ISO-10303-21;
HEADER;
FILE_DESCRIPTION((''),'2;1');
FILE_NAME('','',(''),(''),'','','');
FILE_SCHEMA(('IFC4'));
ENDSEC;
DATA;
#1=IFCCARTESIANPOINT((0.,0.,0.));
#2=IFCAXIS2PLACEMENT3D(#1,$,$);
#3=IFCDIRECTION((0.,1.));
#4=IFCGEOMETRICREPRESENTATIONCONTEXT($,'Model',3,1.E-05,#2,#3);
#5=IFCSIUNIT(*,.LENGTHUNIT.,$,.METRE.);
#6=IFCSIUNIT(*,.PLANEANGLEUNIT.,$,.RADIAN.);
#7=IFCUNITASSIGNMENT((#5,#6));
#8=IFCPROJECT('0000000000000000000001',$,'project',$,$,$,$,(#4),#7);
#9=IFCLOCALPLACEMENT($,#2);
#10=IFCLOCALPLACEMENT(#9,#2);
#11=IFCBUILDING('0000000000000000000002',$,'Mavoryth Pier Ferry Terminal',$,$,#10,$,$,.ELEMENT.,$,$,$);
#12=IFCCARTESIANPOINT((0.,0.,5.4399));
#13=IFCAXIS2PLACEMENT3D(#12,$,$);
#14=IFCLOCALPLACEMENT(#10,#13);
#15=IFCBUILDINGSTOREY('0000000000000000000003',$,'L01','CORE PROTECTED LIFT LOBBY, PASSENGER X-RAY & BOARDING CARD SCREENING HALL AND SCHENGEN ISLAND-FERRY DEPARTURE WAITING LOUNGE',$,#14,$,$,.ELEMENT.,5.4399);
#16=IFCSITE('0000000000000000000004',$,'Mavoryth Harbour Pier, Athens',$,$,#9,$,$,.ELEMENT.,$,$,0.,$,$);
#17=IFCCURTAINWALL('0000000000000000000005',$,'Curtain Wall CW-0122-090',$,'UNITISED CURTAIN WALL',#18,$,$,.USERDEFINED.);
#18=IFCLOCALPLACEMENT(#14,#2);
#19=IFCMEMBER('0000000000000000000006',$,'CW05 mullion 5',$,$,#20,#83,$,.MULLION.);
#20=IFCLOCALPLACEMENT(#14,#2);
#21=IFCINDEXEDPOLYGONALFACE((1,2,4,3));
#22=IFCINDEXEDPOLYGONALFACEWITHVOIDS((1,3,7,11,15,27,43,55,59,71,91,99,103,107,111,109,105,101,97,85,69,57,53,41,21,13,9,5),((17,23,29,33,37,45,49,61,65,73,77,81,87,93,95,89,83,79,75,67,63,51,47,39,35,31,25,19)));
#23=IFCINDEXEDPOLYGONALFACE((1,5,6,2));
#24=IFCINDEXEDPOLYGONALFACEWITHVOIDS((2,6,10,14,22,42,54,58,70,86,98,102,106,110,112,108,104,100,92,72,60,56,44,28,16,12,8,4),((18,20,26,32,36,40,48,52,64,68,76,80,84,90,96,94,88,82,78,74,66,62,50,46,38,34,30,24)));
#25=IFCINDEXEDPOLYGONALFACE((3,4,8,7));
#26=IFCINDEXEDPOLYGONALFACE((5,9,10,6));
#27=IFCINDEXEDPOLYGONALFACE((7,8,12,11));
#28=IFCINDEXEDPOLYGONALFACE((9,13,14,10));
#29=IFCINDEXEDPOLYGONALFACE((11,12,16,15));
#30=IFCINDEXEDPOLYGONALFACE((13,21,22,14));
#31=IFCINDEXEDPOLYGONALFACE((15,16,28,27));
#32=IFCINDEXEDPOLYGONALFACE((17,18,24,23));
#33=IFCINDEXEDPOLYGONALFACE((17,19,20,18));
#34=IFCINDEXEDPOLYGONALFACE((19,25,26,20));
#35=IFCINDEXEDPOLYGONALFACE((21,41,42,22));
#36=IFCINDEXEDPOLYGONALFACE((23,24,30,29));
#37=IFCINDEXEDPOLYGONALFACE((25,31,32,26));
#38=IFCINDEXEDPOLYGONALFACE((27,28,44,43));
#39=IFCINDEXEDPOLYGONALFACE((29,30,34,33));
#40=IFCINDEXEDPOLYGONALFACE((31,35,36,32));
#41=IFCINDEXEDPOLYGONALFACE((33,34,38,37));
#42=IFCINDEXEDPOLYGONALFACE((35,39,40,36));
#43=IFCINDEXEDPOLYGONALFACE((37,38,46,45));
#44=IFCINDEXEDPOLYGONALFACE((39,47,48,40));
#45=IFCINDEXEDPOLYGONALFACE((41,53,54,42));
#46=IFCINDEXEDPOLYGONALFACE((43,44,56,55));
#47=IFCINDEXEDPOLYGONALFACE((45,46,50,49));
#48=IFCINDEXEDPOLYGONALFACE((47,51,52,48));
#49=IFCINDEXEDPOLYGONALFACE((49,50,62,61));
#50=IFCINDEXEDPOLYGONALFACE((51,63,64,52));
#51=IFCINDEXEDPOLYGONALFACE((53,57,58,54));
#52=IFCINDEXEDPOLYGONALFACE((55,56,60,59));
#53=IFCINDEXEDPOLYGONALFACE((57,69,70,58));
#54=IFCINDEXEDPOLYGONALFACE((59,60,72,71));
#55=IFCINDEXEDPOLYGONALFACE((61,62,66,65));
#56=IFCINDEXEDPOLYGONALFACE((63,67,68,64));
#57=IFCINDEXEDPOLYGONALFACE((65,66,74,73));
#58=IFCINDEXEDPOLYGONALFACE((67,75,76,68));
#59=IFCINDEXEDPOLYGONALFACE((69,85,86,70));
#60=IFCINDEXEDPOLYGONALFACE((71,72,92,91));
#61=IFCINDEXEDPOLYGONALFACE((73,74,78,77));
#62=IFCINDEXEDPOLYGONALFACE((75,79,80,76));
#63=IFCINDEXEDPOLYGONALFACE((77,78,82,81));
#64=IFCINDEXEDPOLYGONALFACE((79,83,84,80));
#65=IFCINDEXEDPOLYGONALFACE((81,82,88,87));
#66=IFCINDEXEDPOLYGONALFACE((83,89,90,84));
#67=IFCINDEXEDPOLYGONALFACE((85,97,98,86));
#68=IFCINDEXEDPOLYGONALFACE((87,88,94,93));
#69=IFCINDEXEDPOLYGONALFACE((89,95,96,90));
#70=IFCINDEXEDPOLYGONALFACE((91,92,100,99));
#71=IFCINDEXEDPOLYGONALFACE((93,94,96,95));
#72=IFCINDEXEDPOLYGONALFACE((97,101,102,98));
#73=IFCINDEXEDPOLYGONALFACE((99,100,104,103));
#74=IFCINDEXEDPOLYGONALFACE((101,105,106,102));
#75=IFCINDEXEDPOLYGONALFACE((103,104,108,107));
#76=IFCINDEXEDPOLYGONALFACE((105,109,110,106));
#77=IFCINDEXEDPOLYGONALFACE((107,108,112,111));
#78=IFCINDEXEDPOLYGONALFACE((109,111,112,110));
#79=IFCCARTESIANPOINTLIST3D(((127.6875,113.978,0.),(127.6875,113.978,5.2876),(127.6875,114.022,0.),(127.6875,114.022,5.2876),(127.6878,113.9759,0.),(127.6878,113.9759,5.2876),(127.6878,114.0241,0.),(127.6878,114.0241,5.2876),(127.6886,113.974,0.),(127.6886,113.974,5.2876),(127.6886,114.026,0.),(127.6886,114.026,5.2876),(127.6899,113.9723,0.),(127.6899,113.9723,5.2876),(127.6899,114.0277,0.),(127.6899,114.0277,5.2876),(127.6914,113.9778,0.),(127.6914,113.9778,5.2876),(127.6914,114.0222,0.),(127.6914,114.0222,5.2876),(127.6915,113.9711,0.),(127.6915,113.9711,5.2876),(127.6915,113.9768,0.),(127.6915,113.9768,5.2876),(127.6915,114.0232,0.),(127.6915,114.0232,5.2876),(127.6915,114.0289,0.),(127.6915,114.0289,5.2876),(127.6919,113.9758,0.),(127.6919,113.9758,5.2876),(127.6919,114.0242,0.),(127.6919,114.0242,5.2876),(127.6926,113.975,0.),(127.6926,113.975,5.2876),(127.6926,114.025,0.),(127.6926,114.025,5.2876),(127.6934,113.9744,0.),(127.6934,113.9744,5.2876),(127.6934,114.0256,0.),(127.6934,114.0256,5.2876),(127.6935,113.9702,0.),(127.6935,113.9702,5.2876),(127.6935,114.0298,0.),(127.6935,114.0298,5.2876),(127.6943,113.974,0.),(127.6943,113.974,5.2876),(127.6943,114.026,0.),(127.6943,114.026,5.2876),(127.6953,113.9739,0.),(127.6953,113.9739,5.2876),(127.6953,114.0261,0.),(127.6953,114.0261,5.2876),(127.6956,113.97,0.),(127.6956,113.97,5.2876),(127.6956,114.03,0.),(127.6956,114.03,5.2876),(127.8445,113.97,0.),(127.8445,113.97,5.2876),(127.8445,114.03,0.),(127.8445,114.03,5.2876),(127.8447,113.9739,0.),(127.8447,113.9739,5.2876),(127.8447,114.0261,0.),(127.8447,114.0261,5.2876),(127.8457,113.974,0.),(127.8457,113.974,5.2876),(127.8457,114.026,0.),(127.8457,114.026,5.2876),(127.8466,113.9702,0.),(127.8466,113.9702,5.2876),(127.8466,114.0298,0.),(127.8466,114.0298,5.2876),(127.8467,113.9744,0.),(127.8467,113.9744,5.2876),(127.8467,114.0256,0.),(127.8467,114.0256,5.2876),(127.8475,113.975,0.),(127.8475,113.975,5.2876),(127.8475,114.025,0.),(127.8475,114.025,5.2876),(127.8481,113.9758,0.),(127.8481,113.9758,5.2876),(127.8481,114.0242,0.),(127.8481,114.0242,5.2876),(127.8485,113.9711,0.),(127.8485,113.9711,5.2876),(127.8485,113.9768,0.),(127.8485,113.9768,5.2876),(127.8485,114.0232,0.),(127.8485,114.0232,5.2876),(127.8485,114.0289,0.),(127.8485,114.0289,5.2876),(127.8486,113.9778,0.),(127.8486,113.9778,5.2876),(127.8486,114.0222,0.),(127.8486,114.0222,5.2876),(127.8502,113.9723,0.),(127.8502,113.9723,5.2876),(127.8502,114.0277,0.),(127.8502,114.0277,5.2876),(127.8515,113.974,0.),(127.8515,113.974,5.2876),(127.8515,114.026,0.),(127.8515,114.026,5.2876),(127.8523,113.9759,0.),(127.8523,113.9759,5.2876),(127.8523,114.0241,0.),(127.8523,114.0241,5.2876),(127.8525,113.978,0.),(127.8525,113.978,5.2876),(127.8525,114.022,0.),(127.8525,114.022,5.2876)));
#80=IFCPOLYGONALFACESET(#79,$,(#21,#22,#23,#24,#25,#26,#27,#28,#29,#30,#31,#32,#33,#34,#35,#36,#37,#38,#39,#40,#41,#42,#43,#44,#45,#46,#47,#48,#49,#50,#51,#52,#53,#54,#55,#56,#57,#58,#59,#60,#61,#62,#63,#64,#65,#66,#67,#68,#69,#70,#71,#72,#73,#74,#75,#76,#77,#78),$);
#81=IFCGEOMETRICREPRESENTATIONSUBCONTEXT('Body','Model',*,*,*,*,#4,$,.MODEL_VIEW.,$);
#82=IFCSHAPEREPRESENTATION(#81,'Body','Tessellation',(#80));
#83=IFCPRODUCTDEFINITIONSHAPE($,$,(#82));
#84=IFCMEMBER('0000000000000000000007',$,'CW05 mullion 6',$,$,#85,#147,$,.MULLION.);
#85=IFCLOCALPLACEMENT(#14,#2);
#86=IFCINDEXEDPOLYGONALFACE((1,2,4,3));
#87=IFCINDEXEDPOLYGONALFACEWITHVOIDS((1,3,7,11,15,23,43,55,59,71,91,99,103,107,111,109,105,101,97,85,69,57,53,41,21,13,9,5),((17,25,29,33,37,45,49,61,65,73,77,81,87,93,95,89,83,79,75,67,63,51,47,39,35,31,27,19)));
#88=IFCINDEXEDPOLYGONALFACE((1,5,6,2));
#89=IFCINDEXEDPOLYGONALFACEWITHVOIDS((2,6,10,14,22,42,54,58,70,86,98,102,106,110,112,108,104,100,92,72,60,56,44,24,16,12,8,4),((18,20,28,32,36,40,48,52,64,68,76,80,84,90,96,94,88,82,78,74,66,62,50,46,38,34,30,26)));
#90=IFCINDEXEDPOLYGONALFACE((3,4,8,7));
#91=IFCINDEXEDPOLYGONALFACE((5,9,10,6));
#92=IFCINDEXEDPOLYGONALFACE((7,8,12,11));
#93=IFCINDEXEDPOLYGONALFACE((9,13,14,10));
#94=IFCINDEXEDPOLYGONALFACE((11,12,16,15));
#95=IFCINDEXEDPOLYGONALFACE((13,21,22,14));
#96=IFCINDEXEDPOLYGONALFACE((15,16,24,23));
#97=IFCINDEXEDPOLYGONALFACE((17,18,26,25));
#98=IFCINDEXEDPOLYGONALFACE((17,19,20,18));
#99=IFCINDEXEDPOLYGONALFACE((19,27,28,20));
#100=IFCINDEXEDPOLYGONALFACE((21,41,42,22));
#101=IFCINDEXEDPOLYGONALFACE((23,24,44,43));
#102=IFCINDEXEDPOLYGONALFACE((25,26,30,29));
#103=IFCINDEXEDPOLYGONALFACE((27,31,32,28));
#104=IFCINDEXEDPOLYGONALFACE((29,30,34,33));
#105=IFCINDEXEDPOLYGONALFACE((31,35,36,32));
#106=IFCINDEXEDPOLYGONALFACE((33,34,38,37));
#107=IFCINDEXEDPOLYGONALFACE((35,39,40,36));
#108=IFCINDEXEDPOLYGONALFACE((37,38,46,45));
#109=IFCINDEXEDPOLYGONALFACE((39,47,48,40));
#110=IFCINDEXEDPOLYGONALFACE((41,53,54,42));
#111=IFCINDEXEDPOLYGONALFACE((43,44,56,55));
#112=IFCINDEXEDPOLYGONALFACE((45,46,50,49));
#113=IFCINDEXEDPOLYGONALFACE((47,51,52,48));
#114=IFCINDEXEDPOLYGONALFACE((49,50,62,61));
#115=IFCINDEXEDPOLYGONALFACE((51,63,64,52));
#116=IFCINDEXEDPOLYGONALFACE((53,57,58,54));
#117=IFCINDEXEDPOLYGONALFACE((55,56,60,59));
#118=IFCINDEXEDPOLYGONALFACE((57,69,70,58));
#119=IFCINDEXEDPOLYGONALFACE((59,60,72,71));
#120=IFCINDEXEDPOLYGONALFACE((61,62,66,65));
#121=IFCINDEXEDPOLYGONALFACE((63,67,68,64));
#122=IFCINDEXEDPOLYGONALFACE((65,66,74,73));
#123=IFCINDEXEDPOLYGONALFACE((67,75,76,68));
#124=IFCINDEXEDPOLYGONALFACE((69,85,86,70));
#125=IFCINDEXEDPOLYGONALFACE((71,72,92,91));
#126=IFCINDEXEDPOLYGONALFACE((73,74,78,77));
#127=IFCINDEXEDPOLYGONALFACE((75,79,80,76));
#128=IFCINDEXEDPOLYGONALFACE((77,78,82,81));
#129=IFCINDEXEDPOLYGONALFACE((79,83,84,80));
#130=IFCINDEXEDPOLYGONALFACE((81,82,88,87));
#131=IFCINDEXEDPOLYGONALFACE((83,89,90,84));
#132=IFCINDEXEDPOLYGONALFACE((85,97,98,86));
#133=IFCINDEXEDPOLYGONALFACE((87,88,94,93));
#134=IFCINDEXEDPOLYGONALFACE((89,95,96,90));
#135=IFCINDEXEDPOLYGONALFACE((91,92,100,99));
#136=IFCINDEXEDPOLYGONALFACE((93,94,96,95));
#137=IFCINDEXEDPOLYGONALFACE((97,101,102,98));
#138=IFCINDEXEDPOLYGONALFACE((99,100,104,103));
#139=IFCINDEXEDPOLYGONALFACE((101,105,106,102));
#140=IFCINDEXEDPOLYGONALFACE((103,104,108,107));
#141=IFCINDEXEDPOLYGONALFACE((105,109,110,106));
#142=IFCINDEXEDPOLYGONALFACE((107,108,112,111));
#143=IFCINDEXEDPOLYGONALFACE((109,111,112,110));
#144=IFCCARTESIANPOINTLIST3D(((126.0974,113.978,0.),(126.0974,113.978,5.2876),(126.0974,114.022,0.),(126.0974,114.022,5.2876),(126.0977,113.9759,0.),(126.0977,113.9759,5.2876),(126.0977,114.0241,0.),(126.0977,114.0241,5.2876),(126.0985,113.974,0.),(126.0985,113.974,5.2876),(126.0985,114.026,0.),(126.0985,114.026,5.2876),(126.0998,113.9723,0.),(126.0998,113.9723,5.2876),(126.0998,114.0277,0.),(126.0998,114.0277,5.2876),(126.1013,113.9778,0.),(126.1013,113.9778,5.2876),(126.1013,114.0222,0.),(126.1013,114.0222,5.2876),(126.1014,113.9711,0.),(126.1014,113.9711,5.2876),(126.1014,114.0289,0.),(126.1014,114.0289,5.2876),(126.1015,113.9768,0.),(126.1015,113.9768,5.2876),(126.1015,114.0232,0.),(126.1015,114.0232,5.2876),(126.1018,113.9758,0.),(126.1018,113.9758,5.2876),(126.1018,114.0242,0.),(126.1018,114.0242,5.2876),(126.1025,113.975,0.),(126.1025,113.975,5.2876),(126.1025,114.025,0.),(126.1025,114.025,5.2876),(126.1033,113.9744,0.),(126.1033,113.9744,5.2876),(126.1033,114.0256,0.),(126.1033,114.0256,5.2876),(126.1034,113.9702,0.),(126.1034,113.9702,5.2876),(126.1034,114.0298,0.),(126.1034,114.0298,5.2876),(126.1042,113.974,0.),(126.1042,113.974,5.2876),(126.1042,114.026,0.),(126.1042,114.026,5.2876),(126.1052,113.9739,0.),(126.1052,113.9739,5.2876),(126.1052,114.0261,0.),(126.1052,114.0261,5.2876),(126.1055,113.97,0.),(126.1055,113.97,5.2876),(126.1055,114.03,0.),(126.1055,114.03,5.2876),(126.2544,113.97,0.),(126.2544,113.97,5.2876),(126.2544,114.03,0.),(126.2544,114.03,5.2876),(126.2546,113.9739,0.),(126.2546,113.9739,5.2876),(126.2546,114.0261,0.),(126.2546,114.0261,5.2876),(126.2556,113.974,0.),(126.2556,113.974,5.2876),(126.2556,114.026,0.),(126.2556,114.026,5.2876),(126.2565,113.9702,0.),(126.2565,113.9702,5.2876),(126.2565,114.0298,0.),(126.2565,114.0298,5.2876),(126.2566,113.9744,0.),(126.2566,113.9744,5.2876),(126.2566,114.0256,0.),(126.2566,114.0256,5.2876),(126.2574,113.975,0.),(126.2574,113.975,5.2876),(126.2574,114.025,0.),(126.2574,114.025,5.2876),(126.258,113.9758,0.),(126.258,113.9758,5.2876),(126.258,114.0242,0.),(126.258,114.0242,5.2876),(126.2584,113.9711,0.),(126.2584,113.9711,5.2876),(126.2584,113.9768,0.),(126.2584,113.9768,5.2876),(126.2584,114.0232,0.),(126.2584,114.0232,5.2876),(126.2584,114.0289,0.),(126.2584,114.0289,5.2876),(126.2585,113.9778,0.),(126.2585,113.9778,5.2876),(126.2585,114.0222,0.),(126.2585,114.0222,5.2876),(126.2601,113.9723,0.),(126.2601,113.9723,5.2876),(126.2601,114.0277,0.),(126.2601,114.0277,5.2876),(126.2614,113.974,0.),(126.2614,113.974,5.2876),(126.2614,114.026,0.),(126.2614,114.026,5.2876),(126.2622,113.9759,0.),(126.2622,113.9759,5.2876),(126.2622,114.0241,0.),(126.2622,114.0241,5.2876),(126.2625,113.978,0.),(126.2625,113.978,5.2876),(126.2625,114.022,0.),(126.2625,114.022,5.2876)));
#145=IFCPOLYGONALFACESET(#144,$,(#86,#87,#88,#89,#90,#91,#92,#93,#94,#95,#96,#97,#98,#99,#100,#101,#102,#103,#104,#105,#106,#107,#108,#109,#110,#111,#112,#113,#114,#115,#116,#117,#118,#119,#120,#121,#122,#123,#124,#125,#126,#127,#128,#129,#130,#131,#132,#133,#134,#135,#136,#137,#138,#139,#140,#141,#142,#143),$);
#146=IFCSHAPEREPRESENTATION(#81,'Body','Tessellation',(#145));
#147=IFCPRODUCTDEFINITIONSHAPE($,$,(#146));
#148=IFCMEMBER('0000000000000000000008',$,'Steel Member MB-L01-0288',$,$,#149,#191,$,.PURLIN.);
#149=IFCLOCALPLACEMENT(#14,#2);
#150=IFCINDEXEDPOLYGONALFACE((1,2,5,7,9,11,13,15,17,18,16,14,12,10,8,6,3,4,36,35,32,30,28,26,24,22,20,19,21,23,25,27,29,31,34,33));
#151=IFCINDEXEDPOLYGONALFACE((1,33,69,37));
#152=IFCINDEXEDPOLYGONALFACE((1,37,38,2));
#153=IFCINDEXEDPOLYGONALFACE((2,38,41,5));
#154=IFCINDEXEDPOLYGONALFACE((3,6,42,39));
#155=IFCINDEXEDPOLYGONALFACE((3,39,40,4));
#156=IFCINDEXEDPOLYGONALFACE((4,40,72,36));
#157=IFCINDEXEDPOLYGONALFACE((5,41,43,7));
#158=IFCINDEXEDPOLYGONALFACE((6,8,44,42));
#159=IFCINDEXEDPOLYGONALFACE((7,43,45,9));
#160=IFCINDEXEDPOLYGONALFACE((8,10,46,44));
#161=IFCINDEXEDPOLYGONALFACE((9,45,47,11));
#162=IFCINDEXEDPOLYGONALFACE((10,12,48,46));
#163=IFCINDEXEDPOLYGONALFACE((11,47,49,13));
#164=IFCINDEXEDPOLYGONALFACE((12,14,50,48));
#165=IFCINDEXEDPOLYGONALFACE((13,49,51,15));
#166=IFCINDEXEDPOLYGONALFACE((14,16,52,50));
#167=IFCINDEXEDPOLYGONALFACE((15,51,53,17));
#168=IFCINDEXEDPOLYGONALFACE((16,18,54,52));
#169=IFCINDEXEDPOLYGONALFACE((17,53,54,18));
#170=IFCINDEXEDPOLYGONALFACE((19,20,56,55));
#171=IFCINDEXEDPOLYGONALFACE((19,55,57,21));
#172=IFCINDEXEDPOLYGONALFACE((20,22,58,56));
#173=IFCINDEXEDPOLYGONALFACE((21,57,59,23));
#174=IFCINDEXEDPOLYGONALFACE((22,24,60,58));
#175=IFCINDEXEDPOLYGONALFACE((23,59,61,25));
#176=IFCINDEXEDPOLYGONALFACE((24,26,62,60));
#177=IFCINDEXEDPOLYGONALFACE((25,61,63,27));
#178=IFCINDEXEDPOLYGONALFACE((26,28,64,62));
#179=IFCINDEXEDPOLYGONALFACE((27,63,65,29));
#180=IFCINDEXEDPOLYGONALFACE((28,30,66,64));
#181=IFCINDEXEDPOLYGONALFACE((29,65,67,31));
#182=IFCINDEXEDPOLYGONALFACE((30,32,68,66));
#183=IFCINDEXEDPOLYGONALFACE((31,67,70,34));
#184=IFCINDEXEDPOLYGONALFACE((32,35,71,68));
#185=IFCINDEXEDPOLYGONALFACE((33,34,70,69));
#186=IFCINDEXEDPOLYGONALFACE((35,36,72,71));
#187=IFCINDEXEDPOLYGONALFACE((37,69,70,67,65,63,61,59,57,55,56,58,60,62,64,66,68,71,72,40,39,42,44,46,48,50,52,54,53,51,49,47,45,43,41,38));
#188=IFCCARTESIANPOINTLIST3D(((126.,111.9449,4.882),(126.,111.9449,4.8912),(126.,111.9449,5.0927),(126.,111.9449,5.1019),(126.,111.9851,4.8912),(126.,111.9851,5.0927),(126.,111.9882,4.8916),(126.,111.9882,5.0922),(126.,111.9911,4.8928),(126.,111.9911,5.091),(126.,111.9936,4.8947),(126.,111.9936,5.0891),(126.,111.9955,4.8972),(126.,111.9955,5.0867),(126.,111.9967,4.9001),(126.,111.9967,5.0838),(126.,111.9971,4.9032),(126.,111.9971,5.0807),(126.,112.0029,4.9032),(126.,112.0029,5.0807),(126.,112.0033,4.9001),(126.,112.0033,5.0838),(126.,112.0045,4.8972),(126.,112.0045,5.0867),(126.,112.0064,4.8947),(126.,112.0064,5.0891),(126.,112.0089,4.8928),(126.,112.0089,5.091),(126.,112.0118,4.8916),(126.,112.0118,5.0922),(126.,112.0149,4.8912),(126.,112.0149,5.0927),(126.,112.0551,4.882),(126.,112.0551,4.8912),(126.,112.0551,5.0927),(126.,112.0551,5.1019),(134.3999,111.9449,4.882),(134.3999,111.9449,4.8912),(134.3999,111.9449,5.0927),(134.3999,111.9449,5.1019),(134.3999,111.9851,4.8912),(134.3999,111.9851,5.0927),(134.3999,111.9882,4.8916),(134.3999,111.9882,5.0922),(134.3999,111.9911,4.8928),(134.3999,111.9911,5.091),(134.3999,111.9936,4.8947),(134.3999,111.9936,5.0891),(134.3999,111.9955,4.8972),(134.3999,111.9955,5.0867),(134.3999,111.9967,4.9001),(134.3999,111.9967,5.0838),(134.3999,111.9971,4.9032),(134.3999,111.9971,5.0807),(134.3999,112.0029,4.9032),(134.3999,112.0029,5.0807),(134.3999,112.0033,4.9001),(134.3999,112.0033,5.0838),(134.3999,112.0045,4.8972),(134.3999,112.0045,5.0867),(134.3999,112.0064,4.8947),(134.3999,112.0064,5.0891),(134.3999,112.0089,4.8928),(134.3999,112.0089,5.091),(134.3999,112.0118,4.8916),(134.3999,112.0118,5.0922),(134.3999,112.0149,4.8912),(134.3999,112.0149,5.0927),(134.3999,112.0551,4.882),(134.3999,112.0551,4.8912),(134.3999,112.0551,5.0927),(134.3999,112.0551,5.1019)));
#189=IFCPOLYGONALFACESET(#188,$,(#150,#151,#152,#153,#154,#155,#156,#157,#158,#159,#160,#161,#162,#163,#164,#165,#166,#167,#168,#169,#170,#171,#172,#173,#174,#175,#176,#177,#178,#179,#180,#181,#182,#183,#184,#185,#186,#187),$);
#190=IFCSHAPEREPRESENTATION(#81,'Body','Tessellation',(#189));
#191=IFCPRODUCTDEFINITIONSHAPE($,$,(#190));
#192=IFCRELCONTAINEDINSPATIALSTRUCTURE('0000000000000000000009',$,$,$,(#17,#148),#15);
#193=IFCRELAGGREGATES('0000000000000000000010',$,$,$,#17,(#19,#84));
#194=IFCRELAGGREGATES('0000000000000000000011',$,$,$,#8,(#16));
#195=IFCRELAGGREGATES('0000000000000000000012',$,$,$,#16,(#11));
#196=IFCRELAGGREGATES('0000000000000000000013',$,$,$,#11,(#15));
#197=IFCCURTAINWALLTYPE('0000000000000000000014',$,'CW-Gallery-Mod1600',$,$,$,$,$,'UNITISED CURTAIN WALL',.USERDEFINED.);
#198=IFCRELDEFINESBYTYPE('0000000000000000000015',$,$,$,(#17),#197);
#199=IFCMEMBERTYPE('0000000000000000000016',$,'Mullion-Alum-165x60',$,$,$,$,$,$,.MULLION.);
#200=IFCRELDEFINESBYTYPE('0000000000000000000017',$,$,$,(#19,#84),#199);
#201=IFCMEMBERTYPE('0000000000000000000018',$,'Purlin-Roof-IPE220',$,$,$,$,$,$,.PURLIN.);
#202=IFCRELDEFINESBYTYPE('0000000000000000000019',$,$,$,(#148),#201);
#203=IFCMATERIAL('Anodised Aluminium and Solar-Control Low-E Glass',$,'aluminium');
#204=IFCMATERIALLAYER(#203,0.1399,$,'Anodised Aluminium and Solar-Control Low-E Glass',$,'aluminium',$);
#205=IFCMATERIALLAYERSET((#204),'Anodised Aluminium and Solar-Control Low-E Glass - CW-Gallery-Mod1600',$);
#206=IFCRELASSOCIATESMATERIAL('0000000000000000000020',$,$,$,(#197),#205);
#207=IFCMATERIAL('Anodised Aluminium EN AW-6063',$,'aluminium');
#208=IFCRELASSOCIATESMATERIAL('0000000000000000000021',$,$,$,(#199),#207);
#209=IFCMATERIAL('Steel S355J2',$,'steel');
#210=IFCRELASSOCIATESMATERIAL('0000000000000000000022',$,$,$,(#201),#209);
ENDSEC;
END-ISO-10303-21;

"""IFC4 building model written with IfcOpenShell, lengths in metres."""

from ifc_helpers import new_model, si_unit, direction, frame, origin, origin_2d, place, context, subcontext, project, spatial, hollow_rectangle, i_section, extrude, material, layer, layer_set, material_profile, profile_set, type_object, element, aggregate, save


model = new_model("IFC4")

# Units and contexts
model_context = context("Model", 3, precision=1e-05, world=origin(), true_north=direction((0.0, 1.0)))
body_context = subcontext(model_context, "Body", "Model", "MODEL_VIEW")
ifc_project = project(units=[si_unit("LENGTHUNIT", "METRE"), si_unit("PLANEANGLEUNIT", "RADIAN")], contexts=[model_context])

# Site, building, storey
site_placement = place(None, origin())
site = spatial("IfcSite", under=ifc_project, at=site_placement, Name="Mavoryth Harbour Pier, Athens", CompositionType="ELEMENT", RefElevation=0.0)
building_placement = place(site_placement, origin())
building = spatial("IfcBuilding", under=site, at=building_placement, Name="Mavoryth Pier Ferry Terminal", CompositionType="ELEMENT")
storey_placement = place(building_placement, frame((0.0, 0.0, 5.4399)))
storey = spatial("IfcBuildingStorey", under=building, at=storey_placement, Name="L01", Description="CORE PROTECTED LIFT LOBBY, PASSENGER X-RAY & BOARDING CARD SCREENING HALL AND SCHENGEN ISLAND-FERRY DEPARTURE WAITING LOUNGE", CompositionType="ELEMENT", Elevation=5.4399)

# Shared definitions
ifc_material_1 = material(Name="Steel S355J2", Category="steel")

# Shared definitions
ifc_material_2 = material(Name="Anodised Aluminium and Solar-Control Low-E Glass", Category="aluminium")
ifc_layer_1 = layer(ifc_material_2, 0.1399, Name="Anodised Aluminium and Solar-Control Low-E Glass", Category="aluminium")
ifc_layer_set_1 = layer_set([ifc_layer_1], Name="Anodised Aluminium and Solar-Control Low-E Glass - CW-Gallery-Mod1600")
curtain_wall_type = type_object("IfcCurtainWallType", Name="CW-Gallery-Mod1600", ElementType="UNITISED CURTAIN WALL", PredefinedType="USERDEFINED", material=ifc_layer_set_1)
ifc_material_3 = material(Name="Anodised Aluminium EN AW-6063", Category="aluminium")
ifc_material_profile_1 = material_profile(ifc_material_3, hollow_rectangle(XDim=0.0601, YDim=0.165, WallThickness=0.0039, InnerFilletRadius=0.0039, OuterFilletRadius=0.0081, at=origin_2d()), Name="AL-MULL 165x60x4", Category="aluminium")
ifc_profile_set_1 = profile_set([ifc_material_profile_1], Name="Anodised Aluminium EN AW-6063 - AL-MULL 165x60x4")
member_type_1 = type_object("IfcMemberType", Name="Mullion-Alum-165x60", PredefinedType="MULLION", material=ifc_profile_set_1)

# Curtain wall, members
curtain_wall_1_placement = place(storey_placement, origin())
curtain_wall_1 = element("IfcCurtainWall", 1, at=curtain_wall_1_placement, inside=storey, type_object=curtain_wall_type, Name="Curtain Wall CW-0122-090", ObjectType="UNITISED CURTAIN WALL", PredefinedType="USERDEFINED")
member_1_placement = place(storey_placement, frame((127.77, 114.0, 0.0), z_axis=(0.0, 0.0, 1.0), x_axis=(0.0, -1.0, 0.0)))
member_1 = element("IfcMember", 2, at=member_1_placement, type_object=member_type_1, Name="CW05 mullion 5", PredefinedType="MULLION", context=body_context, shape_type="SweptSolid", body=[
    extrude(hollow_rectangle(XDim=0.0601, YDim=0.165, WallThickness=0.0039, InnerFilletRadius=0.0039, OuterFilletRadius=0.0081, at=origin_2d()), origin(), (0.0, 0.0, 1.0), 5.2876),
])
member_2_placement = place(storey_placement, frame((126.1799, 114.0, 0.0), z_axis=(0.0, 0.0, 1.0), x_axis=(0.0, -1.0, 0.0)))
member_2 = element("IfcMember", 3, at=member_2_placement, type_object=member_type_1, Name="CW05 mullion 6", PredefinedType="MULLION", context=body_context, shape_type="SweptSolid", body=[
    extrude(hollow_rectangle(XDim=0.0601, YDim=0.165, WallThickness=0.0039, InnerFilletRadius=0.0039, OuterFilletRadius=0.0081, at=origin_2d()), origin(), (0.0, 0.0, 1.0), 5.2876),
])

# Member
ifc_material_profile_2 = material_profile(ifc_material_1, i_section(OverallWidth=0.1101, OverallDepth=0.22, WebThickness=0.0059, FlangeThickness=0.0093, FilletRadius=0.012, at=origin_2d()), Name="IPE 220", Category="steel")
ifc_profile_set_2 = profile_set([ifc_material_profile_2], Name="Steel S355J2 - IPE 220")
member_type_2 = type_object("IfcMemberType", Name="Purlin-Roof-IPE220", PredefinedType="PURLIN", material=ifc_profile_set_2)
member_3_placement = place(storey_placement, frame((126.0, 112.0, 4.9919), z_axis=(1.0, 0.0, 0.0), x_axis=(0.0, 1.0, 0.0)))
element("IfcMember", 4, at=member_3_placement, inside=storey, type_object=member_type_2, Name="Steel Member MB-L01-0288", PredefinedType="PURLIN", context=body_context, shape_type="SweptSolid", body=[
    extrude(i_section(OverallWidth=0.1101, OverallDepth=0.22, WebThickness=0.0059, FlangeThickness=0.0093, FilletRadius=0.012, at=origin_2d()), origin(), (0.0, 0.0, 1.0), 8.3999),
])

aggregate(curtain_wall_1, [member_1, member_2])

save(model, "model.ifc")
